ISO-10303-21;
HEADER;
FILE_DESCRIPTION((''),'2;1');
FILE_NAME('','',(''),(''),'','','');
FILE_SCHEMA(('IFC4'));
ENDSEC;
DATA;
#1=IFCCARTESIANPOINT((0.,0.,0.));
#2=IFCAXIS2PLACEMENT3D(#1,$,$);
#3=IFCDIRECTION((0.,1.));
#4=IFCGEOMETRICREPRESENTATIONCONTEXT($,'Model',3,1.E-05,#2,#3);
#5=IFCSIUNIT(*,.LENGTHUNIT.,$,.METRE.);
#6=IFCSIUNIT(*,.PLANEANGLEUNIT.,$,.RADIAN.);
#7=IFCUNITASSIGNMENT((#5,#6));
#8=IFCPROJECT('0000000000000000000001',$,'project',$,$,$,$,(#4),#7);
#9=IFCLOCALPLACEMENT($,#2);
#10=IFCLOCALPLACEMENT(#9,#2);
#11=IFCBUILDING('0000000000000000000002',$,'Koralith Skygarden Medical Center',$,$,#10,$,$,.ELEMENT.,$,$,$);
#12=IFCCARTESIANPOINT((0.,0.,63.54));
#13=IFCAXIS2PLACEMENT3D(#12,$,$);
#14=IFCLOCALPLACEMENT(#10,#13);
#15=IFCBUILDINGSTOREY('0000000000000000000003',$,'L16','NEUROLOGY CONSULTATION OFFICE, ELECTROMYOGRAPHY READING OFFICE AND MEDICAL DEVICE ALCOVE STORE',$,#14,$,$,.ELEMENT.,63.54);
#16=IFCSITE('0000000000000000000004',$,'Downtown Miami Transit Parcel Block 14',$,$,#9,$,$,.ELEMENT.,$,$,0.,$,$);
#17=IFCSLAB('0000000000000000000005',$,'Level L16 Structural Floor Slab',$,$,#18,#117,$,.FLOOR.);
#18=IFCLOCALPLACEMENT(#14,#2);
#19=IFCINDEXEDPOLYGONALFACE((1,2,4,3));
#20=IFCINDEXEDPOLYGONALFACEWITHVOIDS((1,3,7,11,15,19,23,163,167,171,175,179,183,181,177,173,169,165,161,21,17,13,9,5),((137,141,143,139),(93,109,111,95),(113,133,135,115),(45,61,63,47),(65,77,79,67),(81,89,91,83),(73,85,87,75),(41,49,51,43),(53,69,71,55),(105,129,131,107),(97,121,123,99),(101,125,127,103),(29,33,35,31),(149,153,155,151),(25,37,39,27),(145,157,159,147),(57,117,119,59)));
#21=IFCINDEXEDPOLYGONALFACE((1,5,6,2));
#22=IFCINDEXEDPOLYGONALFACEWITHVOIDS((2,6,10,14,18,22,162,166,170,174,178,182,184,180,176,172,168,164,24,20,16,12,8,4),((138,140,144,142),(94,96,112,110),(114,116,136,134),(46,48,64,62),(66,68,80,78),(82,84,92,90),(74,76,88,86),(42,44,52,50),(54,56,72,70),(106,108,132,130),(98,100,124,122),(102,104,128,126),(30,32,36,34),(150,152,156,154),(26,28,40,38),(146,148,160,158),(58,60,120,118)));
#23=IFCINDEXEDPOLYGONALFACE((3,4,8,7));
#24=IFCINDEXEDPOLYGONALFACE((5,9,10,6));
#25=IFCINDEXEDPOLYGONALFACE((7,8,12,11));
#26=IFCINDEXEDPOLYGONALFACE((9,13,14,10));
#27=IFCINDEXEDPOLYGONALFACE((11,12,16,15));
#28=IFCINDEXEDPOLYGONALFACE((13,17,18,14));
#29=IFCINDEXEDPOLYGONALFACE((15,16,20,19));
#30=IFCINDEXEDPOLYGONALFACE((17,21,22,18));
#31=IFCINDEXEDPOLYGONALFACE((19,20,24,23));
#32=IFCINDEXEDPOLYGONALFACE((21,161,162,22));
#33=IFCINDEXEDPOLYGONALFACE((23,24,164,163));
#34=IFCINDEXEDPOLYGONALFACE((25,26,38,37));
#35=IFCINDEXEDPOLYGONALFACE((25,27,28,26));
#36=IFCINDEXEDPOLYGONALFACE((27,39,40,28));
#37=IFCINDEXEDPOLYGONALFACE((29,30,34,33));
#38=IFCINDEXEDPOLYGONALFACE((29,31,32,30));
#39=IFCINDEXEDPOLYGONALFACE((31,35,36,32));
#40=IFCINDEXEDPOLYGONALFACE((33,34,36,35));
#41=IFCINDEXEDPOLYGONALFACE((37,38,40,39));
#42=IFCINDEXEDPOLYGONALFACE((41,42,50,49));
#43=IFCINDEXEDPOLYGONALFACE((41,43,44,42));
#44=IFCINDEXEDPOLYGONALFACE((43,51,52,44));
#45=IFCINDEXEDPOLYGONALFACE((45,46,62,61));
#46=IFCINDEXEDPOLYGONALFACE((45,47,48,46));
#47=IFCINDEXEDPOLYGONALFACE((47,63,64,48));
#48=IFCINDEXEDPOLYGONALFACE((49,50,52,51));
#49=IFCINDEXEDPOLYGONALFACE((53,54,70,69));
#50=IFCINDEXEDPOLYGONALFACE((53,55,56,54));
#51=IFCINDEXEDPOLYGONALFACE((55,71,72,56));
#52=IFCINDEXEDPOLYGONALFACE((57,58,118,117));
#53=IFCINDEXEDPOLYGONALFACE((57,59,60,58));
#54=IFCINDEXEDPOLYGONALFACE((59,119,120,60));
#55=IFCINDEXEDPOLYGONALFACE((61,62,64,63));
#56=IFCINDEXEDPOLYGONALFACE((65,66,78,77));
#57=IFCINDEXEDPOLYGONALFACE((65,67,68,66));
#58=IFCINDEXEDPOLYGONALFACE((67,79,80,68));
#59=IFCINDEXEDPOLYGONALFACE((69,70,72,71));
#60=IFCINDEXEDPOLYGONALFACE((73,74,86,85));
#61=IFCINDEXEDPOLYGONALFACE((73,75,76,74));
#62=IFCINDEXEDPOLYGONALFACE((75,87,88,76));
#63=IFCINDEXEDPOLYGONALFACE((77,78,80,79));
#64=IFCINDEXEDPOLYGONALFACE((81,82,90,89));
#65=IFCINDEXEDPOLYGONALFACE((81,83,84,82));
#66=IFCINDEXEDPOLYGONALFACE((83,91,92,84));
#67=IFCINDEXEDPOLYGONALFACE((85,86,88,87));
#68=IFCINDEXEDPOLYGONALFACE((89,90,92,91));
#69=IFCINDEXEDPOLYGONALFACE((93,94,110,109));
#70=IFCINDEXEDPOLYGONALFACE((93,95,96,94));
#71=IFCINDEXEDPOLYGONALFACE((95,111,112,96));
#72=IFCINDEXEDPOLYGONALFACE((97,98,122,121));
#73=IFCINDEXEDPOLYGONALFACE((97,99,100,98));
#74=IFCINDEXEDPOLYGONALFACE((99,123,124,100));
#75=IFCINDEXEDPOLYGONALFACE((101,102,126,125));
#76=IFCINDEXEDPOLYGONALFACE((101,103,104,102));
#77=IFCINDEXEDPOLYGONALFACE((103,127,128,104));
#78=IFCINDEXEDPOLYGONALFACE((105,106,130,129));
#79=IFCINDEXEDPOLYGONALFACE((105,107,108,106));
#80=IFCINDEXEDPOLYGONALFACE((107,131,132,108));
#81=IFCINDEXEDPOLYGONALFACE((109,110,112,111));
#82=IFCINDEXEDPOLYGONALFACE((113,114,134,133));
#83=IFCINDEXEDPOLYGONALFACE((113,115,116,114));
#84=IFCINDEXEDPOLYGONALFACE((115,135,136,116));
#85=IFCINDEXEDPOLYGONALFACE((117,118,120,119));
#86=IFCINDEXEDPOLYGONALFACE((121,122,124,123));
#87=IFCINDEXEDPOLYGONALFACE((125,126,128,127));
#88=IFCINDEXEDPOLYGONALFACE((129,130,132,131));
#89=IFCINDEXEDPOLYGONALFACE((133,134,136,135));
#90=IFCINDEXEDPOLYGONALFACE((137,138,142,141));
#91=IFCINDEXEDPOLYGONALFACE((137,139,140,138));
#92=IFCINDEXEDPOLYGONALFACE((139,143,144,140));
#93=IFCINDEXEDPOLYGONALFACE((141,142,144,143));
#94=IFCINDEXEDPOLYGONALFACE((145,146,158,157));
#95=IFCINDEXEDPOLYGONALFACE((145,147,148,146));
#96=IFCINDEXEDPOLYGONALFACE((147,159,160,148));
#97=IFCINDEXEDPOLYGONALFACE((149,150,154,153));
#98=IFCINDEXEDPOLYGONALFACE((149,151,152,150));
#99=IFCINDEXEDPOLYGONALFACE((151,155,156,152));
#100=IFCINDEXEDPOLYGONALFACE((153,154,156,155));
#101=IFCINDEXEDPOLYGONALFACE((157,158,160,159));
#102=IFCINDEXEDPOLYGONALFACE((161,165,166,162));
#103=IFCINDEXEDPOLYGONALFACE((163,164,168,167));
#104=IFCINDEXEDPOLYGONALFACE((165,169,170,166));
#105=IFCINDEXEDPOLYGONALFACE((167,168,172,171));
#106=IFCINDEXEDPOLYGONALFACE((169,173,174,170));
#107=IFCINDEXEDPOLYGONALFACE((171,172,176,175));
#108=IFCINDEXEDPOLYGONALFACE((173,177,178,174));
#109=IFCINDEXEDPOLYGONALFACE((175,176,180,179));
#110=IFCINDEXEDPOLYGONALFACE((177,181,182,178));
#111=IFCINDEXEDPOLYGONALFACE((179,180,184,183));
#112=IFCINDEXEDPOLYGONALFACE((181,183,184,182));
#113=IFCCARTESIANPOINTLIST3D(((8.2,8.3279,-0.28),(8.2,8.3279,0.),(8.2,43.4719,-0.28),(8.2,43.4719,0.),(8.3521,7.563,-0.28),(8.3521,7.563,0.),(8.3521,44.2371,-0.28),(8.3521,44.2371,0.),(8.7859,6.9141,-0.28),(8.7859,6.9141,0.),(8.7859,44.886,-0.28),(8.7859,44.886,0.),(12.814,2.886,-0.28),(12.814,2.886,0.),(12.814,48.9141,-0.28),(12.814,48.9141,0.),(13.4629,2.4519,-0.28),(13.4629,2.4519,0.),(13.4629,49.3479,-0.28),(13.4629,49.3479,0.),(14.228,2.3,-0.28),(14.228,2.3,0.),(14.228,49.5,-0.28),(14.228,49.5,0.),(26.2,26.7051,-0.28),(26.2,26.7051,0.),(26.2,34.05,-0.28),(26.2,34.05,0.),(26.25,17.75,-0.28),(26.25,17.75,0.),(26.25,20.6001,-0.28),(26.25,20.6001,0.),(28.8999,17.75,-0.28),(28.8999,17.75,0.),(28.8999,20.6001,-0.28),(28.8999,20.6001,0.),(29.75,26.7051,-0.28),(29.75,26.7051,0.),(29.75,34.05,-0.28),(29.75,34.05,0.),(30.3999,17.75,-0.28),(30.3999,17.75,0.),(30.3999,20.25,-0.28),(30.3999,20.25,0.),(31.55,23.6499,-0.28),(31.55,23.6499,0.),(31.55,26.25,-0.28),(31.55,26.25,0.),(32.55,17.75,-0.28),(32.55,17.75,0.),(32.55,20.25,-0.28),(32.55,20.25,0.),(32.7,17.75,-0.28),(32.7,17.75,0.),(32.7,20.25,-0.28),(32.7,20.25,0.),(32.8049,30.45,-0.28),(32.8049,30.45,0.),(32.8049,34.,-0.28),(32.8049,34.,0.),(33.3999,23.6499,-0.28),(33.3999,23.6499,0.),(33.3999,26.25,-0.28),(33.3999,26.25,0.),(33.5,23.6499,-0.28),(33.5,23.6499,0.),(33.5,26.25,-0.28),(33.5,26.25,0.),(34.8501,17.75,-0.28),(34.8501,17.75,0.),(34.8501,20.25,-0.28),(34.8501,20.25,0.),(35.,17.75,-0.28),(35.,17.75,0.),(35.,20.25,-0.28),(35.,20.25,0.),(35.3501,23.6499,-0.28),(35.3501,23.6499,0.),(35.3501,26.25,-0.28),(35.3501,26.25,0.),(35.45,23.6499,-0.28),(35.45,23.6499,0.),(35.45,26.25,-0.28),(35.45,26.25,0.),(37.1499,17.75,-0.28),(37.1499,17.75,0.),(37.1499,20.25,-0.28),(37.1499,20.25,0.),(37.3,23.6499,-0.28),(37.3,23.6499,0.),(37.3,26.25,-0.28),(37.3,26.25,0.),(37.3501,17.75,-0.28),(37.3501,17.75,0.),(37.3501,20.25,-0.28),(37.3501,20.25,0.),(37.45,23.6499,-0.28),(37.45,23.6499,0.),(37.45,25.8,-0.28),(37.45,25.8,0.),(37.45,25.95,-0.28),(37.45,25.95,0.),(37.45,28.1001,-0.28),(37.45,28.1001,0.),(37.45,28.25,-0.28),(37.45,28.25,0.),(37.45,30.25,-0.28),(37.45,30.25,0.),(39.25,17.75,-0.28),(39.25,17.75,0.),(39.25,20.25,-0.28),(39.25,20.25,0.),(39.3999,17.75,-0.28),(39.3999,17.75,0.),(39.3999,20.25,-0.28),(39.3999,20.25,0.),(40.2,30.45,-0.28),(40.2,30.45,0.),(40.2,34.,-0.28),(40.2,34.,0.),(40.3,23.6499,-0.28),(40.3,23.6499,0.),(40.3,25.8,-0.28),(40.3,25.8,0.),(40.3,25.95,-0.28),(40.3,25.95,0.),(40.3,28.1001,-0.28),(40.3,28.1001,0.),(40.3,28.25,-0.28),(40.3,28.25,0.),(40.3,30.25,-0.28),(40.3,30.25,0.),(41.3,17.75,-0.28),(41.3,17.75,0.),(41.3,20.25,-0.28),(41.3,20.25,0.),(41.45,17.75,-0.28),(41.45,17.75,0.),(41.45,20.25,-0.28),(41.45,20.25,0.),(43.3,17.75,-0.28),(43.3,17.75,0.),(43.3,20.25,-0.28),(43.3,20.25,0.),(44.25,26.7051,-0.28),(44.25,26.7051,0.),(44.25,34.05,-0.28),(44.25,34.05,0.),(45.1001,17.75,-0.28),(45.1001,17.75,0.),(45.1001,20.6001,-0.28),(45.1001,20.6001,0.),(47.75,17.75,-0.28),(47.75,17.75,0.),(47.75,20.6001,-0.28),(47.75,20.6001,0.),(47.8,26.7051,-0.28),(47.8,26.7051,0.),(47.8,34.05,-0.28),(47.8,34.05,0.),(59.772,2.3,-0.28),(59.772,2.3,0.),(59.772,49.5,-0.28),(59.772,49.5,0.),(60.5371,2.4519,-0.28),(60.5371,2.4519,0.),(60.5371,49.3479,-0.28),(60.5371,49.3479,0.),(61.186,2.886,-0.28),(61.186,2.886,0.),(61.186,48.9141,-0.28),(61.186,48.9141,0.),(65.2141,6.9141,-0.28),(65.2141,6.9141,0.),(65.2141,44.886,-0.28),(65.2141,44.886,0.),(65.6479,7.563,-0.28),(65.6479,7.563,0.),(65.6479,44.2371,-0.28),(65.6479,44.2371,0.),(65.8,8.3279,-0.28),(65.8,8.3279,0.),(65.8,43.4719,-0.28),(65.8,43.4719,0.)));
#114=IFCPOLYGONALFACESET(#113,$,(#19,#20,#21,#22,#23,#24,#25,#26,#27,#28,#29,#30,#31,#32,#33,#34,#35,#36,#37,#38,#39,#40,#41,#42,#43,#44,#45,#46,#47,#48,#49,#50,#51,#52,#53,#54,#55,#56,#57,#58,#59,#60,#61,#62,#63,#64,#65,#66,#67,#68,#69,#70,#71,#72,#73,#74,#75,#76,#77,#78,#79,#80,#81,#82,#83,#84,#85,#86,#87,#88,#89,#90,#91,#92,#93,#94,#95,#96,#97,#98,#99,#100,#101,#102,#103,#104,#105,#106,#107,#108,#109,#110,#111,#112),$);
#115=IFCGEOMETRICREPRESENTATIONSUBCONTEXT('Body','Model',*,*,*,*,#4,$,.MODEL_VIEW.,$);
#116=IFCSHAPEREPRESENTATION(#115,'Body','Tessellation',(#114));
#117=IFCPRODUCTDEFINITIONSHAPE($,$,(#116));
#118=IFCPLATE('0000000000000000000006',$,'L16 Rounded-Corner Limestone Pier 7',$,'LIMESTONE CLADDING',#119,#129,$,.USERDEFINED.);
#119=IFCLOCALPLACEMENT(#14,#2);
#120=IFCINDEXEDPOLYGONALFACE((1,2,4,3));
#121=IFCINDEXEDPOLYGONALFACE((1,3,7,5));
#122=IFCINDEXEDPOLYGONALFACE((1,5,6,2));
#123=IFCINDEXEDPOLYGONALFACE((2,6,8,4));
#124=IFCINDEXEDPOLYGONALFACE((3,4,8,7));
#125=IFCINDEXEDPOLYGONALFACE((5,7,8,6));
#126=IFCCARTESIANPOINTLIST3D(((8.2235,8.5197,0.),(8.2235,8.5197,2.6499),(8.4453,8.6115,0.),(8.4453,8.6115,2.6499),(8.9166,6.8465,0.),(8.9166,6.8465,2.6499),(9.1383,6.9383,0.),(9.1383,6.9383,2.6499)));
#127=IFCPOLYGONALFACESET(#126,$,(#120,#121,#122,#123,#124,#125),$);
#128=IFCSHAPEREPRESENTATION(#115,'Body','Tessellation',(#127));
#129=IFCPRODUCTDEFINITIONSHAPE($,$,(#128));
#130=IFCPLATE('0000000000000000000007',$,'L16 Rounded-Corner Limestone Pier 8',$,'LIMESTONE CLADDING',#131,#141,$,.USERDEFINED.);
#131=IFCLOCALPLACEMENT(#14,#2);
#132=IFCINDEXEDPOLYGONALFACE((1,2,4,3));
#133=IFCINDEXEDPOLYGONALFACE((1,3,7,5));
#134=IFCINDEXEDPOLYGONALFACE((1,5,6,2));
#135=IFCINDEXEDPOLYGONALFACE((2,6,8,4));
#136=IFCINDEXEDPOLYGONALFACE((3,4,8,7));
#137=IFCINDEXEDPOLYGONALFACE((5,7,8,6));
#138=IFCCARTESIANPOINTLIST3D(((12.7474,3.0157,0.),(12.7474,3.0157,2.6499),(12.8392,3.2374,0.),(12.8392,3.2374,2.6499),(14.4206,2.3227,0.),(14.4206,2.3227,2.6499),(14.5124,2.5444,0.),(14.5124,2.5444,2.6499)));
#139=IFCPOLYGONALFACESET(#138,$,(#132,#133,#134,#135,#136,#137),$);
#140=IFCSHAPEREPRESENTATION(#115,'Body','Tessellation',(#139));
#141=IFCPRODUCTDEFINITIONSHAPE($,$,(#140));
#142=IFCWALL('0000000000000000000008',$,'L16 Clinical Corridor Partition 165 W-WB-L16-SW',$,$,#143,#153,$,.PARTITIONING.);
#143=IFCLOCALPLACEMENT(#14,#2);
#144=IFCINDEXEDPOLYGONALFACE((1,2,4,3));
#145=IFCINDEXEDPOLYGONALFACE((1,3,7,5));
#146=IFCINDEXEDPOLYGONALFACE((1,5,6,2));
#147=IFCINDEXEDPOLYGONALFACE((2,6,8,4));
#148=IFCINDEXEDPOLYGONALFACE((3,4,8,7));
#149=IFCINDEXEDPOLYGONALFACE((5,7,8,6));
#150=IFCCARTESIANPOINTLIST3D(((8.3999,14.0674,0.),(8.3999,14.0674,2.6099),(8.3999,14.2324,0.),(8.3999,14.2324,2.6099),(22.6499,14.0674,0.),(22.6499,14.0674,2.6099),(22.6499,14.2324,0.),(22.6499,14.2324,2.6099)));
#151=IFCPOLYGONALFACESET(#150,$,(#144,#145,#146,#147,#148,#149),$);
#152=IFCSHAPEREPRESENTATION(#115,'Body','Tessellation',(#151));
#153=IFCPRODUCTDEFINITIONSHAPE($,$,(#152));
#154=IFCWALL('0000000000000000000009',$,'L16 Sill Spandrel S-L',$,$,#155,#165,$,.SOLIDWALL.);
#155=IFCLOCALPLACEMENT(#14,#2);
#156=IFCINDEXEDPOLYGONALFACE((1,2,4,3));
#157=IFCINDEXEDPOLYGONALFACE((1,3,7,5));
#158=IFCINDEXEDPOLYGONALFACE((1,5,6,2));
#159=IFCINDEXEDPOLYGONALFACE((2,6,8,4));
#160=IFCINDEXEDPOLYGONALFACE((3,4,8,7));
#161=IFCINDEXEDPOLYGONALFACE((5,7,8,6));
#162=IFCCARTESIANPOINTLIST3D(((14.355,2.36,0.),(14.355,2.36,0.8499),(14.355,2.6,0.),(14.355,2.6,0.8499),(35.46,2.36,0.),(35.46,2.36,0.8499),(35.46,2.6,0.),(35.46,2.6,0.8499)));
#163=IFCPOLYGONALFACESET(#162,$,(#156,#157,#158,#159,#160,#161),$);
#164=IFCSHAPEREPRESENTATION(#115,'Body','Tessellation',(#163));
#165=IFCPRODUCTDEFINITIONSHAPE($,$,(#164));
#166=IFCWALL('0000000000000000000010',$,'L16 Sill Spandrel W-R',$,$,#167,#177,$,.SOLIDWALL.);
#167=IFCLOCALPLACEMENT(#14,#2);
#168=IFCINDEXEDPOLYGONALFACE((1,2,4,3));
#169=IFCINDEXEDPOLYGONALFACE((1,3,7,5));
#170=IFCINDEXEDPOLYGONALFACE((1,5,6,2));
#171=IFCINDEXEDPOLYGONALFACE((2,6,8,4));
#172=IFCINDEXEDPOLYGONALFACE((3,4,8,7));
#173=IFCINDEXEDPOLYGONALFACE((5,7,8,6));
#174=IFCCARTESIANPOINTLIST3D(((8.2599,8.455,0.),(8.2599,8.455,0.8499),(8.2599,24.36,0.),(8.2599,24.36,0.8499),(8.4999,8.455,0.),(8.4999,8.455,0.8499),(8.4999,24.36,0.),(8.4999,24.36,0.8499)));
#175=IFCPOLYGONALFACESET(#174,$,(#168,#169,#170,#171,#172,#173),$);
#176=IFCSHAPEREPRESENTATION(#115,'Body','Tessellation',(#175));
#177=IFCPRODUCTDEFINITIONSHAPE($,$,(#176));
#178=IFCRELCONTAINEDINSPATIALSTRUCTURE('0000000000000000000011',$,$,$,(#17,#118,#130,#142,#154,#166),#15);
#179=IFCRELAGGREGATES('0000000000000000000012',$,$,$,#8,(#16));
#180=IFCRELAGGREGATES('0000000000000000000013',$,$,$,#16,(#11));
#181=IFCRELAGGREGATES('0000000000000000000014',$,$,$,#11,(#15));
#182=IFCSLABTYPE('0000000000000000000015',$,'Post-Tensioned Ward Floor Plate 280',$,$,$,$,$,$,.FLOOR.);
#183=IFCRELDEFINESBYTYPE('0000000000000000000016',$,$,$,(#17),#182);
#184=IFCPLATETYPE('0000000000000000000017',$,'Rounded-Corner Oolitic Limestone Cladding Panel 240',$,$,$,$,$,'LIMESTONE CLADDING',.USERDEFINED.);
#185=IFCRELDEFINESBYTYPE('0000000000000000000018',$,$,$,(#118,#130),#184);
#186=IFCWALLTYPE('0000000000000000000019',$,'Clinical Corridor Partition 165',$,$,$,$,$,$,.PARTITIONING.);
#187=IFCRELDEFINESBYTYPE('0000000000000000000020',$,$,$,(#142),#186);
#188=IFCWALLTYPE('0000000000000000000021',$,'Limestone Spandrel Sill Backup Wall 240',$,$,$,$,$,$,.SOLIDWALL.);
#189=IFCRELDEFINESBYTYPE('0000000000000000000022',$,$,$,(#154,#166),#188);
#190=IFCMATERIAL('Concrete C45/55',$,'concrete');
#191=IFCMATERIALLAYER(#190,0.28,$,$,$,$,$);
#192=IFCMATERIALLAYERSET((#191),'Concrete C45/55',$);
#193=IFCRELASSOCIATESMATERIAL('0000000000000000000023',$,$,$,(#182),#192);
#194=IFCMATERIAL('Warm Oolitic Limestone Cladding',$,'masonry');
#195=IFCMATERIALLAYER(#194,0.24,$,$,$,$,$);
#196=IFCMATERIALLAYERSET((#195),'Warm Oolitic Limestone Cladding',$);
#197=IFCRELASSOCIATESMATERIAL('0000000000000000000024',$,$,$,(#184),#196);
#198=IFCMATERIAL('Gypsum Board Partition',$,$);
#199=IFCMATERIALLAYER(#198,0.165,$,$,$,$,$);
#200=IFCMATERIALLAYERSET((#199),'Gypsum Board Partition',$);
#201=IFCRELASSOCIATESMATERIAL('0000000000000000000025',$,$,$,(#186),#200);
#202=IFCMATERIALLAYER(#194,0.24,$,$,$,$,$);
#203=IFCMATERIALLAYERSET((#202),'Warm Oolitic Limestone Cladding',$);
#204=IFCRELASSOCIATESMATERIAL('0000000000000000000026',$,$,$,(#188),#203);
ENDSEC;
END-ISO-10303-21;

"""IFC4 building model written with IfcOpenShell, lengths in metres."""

from ifc_helpers import new_model, si_unit, direction, frame, frame_2d, origin, origin_2d, place, context, subcontext, project, spatial, polyline, rectangle, outline, extrude, material, layer, layer_set, type_object, element, save


model = new_model("IFC4")

# Units and contexts
model_context = context("Model", 3, precision=1e-05, world=origin(), true_north=direction((0.0, 1.0)))
body_context = subcontext(model_context, "Body", "Model", "MODEL_VIEW")
ifc_project = project(units=[si_unit("LENGTHUNIT", "METRE"), si_unit("PLANEANGLEUNIT", "RADIAN")], contexts=[model_context])

# Site, building, storey
site_placement = place(None, origin())
site = spatial("IfcSite", under=ifc_project, at=site_placement, Name="Downtown Miami Transit Parcel Block 14", CompositionType="ELEMENT", RefElevation=0.0)
building_placement = place(site_placement, origin())
building = spatial("IfcBuilding", under=site, at=building_placement, Name="Koralith Skygarden Medical Center", CompositionType="ELEMENT")
storey_placement = place(building_placement, frame((0.0, 0.0, 63.54)))
storey = spatial("IfcBuildingStorey", under=building, at=storey_placement, Name="L16", Description="NEUROLOGY CONSULTATION OFFICE, ELECTROMYOGRAPHY READING OFFICE AND MEDICAL DEVICE ALCOVE STORE", CompositionType="ELEMENT", Elevation=63.54)

# Shared definitions
ifc_material_1 = material(Name="Concrete C45/55", Category="concrete")

# Slab
ifc_layer_1 = layer(ifc_material_1, 0.28)
ifc_layer_set_1 = layer_set([ifc_layer_1], Name="Concrete C45/55")
slab_type_1 = type_object("IfcSlabType", Name="Post-Tensioned Ward Floor Plate 280", PredefinedType="FLOOR", material=ifc_layer_set_1)
slab_1_placement = place(storey_placement, frame((0.0, 0.0, -0.28)))
element("IfcSlab", 1, at=slab_1_placement, inside=storey, type_object=slab_type_1, Name="Level L16 Structural Floor Slab", PredefinedType="FLOOR", context=body_context, shape_type="SweptSolid", body=[
    extrude(outline(polyline([(12.814, 2.886), (13.4629, 2.4519), (14.228, 2.3), (59.772, 2.3), (60.5371, 2.4519), (61.186, 2.886), (65.2141, 6.9141), (65.6479, 7.563), (65.8, 8.3279), (65.8, 43.4719), (65.6479, 44.2371), (65.2141, 44.886), (61.186, 48.9141), (60.5371, 49.3479), (59.772, 49.5), (14.228, 49.5), (13.4629, 49.3479), (12.814, 48.9141), (8.7859, 44.886), (8.3521, 44.2371), (8.2, 43.4719), (8.2, 8.3279), (8.3521, 7.563), (8.7859, 6.9141), (12.814, 2.886)]), holes=[polyline([(26.2, 26.7051), (29.75, 26.7051), (29.75, 34.05), (26.2, 34.05), (26.2, 26.7051)]), polyline([(44.25, 26.7051), (47.8, 26.7051), (47.8, 34.05), (44.25, 34.05), (44.25, 26.7051)]), polyline([(32.8049, 30.45), (40.2, 30.45), (40.2, 34.0), (32.8049, 34.0), (32.8049, 30.45)]), polyline([(26.25, 17.75), (28.8999, 17.75), (28.8999, 20.6001), (26.25, 20.6001), (26.25, 17.75)]), polyline([(45.1001, 17.75), (47.75, 17.75), (47.75, 20.6001), (45.1001, 20.6001), (45.1001, 17.75)]), polyline([(30.3999, 17.75), (32.55, 17.75), (32.55, 20.25), (30.3999, 20.25), (30.3999, 17.75)]), polyline([(32.7, 17.75), (34.8501, 17.75), (34.8501, 20.25), (32.7, 20.25), (32.7, 17.75)]), polyline([(35.0, 17.75), (37.1499, 17.75), (37.1499, 20.25), (35.0, 20.25), (35.0, 17.75)]), polyline([(37.3501, 17.75), (39.25, 17.75), (39.25, 20.25), (37.3501, 20.25), (37.3501, 17.75)]), polyline([(39.3999, 17.75), (41.3, 17.75), (41.3, 20.25), (39.3999, 20.25), (39.3999, 17.75)]), polyline([(41.45, 17.75), (43.3, 17.75), (43.3, 20.25), (41.45, 20.25), (41.45, 17.75)]), polyline([(31.55, 23.6499), (33.3999, 23.6499), (33.3999, 26.25), (31.55, 26.25), (31.55, 23.6499)]), polyline([(33.5, 23.6499), (35.3501, 23.6499), (35.3501, 26.25), (33.5, 26.25), (33.5, 23.6499)]), polyline([(35.45, 23.6499), (37.3, 23.6499), (37.3, 26.25), (35.45, 26.25), (35.45, 23.6499)]), polyline([(37.45, 23.6499), (40.3, 23.6499), (40.3, 25.8), (37.45, 25.8), (37.45, 23.6499)]), polyline([(37.45, 25.95), (40.3, 25.95), (40.3, 28.1001), (37.45, 28.1001), (37.45, 25.95)]), polyline([(37.45, 28.25), (40.3, 28.25), (40.3, 30.25), (37.45, 30.25), (37.45, 28.25)])]), origin(), (0.0, 0.0, 1.0), 0.28),
])

# Plates
ifc_material_2 = material(Name="Warm Oolitic Limestone Cladding", Category="masonry")
ifc_layer_2 = layer(ifc_material_2, 0.24)
ifc_layer_set_2 = layer_set([ifc_layer_2], Name="Warm Oolitic Limestone Cladding")
plate_type_1 = type_object("IfcPlateType", Name="Rounded-Corner Oolitic Limestone Cladding Panel 240", ElementType="LIMESTONE CLADDING", PredefinedType="USERDEFINED", material=ifc_layer_set_2)
for number, where, z_axis, x_axis, name in (
    (2, (8.6809, 7.729, 0.0), (0.0, 0.0, 1.0), (0.382671, -0.923885, 0.0), "L16 Rounded-Corner Limestone Pier 7"),
    (3, (13.6299, 2.78, 0.0), (0.0, 0.0, 1.0), (0.923885, -0.382671, 0.0), "L16 Rounded-Corner Limestone Pier 8"),
):
    element("IfcPlate", number, at=place(storey_placement, frame(where, z_axis=z_axis, x_axis=x_axis)), inside=storey, type_object=plate_type_1, Name=name, ObjectType="LIMESTONE CLADDING", PredefinedType="USERDEFINED", context=body_context, shape_type="SweptSolid", body=[
        extrude(rectangle(XDim=1.811, YDim=0.24, at=origin_2d()), origin(), (0.0, 0.0, 1.0), 2.6499),
    ])

# Walls
ifc_material_3 = material(Name="Gypsum Board Partition")
ifc_layer_3 = layer(ifc_material_3, 0.165)
ifc_layer_set_3 = layer_set([ifc_layer_3], Name="Gypsum Board Partition")
wall_type_1 = type_object("IfcWallType", Name="Clinical Corridor Partition 165", PredefinedType="PARTITIONING", material=ifc_layer_set_3)
wall_1_placement = place(storey_placement, frame((8.3999, 14.1499, 0.0), z_axis=(0.0, 0.0, 1.0), x_axis=(1.0, 0.0, 0.0)))
element("IfcWall", 4, at=wall_1_placement, inside=storey, type_object=wall_type_1, Name="L16 Clinical Corridor Partition 165 W-WB-L16-SW", PredefinedType="PARTITIONING", context=body_context, shape_type="SweptSolid", body=[
    extrude(rectangle(XDim=14.25, YDim=0.165, at=frame_2d((7.125, 0.0))), origin(), (0.0, 0.0, 1.0), 2.6099),
])
ifc_layer_4 = layer(ifc_material_2, 0.24)
ifc_layer_set_4 = layer_set([ifc_layer_4], Name="Warm Oolitic Limestone Cladding")
wall_type_2 = type_object("IfcWallType", Name="Limestone Spandrel Sill Backup Wall 240", PredefinedType="SOLIDWALL", material=ifc_layer_set_4)
wall_2_placement = place(storey_placement, frame((14.355, 2.48, 0.0), z_axis=(0.0, 0.0, 1.0), x_axis=(1.0, 0.0, 0.0)))
element("IfcWall", 5, at=wall_2_placement, inside=storey, type_object=wall_type_2, Name="L16 Sill Spandrel S-L", PredefinedType="SOLIDWALL", context=body_context, shape_type="SweptSolid", body=[
    extrude(rectangle(XDim=21.105, YDim=0.24, at=frame_2d((10.5525, 0.0))), origin(), (0.0, 0.0, 1.0), 0.8499),
])
wall_3_placement = place(storey_placement, frame((8.3799, 24.3601, 0.0), z_axis=(0.0, 0.0, 1.0), x_axis=(0.0, -1.0, 0.0)))
element("IfcWall", 6, at=wall_3_placement, inside=storey, type_object=wall_type_2, Name="L16 Sill Spandrel W-R", PredefinedType="SOLIDWALL", context=body_context, shape_type="SweptSolid", body=[
    extrude(rectangle(XDim=15.905, YDim=0.24, at=frame_2d((7.9526, 0.0))), origin(), (0.0, 0.0, 1.0), 0.8499),
])

save(model, "model.ifc")
